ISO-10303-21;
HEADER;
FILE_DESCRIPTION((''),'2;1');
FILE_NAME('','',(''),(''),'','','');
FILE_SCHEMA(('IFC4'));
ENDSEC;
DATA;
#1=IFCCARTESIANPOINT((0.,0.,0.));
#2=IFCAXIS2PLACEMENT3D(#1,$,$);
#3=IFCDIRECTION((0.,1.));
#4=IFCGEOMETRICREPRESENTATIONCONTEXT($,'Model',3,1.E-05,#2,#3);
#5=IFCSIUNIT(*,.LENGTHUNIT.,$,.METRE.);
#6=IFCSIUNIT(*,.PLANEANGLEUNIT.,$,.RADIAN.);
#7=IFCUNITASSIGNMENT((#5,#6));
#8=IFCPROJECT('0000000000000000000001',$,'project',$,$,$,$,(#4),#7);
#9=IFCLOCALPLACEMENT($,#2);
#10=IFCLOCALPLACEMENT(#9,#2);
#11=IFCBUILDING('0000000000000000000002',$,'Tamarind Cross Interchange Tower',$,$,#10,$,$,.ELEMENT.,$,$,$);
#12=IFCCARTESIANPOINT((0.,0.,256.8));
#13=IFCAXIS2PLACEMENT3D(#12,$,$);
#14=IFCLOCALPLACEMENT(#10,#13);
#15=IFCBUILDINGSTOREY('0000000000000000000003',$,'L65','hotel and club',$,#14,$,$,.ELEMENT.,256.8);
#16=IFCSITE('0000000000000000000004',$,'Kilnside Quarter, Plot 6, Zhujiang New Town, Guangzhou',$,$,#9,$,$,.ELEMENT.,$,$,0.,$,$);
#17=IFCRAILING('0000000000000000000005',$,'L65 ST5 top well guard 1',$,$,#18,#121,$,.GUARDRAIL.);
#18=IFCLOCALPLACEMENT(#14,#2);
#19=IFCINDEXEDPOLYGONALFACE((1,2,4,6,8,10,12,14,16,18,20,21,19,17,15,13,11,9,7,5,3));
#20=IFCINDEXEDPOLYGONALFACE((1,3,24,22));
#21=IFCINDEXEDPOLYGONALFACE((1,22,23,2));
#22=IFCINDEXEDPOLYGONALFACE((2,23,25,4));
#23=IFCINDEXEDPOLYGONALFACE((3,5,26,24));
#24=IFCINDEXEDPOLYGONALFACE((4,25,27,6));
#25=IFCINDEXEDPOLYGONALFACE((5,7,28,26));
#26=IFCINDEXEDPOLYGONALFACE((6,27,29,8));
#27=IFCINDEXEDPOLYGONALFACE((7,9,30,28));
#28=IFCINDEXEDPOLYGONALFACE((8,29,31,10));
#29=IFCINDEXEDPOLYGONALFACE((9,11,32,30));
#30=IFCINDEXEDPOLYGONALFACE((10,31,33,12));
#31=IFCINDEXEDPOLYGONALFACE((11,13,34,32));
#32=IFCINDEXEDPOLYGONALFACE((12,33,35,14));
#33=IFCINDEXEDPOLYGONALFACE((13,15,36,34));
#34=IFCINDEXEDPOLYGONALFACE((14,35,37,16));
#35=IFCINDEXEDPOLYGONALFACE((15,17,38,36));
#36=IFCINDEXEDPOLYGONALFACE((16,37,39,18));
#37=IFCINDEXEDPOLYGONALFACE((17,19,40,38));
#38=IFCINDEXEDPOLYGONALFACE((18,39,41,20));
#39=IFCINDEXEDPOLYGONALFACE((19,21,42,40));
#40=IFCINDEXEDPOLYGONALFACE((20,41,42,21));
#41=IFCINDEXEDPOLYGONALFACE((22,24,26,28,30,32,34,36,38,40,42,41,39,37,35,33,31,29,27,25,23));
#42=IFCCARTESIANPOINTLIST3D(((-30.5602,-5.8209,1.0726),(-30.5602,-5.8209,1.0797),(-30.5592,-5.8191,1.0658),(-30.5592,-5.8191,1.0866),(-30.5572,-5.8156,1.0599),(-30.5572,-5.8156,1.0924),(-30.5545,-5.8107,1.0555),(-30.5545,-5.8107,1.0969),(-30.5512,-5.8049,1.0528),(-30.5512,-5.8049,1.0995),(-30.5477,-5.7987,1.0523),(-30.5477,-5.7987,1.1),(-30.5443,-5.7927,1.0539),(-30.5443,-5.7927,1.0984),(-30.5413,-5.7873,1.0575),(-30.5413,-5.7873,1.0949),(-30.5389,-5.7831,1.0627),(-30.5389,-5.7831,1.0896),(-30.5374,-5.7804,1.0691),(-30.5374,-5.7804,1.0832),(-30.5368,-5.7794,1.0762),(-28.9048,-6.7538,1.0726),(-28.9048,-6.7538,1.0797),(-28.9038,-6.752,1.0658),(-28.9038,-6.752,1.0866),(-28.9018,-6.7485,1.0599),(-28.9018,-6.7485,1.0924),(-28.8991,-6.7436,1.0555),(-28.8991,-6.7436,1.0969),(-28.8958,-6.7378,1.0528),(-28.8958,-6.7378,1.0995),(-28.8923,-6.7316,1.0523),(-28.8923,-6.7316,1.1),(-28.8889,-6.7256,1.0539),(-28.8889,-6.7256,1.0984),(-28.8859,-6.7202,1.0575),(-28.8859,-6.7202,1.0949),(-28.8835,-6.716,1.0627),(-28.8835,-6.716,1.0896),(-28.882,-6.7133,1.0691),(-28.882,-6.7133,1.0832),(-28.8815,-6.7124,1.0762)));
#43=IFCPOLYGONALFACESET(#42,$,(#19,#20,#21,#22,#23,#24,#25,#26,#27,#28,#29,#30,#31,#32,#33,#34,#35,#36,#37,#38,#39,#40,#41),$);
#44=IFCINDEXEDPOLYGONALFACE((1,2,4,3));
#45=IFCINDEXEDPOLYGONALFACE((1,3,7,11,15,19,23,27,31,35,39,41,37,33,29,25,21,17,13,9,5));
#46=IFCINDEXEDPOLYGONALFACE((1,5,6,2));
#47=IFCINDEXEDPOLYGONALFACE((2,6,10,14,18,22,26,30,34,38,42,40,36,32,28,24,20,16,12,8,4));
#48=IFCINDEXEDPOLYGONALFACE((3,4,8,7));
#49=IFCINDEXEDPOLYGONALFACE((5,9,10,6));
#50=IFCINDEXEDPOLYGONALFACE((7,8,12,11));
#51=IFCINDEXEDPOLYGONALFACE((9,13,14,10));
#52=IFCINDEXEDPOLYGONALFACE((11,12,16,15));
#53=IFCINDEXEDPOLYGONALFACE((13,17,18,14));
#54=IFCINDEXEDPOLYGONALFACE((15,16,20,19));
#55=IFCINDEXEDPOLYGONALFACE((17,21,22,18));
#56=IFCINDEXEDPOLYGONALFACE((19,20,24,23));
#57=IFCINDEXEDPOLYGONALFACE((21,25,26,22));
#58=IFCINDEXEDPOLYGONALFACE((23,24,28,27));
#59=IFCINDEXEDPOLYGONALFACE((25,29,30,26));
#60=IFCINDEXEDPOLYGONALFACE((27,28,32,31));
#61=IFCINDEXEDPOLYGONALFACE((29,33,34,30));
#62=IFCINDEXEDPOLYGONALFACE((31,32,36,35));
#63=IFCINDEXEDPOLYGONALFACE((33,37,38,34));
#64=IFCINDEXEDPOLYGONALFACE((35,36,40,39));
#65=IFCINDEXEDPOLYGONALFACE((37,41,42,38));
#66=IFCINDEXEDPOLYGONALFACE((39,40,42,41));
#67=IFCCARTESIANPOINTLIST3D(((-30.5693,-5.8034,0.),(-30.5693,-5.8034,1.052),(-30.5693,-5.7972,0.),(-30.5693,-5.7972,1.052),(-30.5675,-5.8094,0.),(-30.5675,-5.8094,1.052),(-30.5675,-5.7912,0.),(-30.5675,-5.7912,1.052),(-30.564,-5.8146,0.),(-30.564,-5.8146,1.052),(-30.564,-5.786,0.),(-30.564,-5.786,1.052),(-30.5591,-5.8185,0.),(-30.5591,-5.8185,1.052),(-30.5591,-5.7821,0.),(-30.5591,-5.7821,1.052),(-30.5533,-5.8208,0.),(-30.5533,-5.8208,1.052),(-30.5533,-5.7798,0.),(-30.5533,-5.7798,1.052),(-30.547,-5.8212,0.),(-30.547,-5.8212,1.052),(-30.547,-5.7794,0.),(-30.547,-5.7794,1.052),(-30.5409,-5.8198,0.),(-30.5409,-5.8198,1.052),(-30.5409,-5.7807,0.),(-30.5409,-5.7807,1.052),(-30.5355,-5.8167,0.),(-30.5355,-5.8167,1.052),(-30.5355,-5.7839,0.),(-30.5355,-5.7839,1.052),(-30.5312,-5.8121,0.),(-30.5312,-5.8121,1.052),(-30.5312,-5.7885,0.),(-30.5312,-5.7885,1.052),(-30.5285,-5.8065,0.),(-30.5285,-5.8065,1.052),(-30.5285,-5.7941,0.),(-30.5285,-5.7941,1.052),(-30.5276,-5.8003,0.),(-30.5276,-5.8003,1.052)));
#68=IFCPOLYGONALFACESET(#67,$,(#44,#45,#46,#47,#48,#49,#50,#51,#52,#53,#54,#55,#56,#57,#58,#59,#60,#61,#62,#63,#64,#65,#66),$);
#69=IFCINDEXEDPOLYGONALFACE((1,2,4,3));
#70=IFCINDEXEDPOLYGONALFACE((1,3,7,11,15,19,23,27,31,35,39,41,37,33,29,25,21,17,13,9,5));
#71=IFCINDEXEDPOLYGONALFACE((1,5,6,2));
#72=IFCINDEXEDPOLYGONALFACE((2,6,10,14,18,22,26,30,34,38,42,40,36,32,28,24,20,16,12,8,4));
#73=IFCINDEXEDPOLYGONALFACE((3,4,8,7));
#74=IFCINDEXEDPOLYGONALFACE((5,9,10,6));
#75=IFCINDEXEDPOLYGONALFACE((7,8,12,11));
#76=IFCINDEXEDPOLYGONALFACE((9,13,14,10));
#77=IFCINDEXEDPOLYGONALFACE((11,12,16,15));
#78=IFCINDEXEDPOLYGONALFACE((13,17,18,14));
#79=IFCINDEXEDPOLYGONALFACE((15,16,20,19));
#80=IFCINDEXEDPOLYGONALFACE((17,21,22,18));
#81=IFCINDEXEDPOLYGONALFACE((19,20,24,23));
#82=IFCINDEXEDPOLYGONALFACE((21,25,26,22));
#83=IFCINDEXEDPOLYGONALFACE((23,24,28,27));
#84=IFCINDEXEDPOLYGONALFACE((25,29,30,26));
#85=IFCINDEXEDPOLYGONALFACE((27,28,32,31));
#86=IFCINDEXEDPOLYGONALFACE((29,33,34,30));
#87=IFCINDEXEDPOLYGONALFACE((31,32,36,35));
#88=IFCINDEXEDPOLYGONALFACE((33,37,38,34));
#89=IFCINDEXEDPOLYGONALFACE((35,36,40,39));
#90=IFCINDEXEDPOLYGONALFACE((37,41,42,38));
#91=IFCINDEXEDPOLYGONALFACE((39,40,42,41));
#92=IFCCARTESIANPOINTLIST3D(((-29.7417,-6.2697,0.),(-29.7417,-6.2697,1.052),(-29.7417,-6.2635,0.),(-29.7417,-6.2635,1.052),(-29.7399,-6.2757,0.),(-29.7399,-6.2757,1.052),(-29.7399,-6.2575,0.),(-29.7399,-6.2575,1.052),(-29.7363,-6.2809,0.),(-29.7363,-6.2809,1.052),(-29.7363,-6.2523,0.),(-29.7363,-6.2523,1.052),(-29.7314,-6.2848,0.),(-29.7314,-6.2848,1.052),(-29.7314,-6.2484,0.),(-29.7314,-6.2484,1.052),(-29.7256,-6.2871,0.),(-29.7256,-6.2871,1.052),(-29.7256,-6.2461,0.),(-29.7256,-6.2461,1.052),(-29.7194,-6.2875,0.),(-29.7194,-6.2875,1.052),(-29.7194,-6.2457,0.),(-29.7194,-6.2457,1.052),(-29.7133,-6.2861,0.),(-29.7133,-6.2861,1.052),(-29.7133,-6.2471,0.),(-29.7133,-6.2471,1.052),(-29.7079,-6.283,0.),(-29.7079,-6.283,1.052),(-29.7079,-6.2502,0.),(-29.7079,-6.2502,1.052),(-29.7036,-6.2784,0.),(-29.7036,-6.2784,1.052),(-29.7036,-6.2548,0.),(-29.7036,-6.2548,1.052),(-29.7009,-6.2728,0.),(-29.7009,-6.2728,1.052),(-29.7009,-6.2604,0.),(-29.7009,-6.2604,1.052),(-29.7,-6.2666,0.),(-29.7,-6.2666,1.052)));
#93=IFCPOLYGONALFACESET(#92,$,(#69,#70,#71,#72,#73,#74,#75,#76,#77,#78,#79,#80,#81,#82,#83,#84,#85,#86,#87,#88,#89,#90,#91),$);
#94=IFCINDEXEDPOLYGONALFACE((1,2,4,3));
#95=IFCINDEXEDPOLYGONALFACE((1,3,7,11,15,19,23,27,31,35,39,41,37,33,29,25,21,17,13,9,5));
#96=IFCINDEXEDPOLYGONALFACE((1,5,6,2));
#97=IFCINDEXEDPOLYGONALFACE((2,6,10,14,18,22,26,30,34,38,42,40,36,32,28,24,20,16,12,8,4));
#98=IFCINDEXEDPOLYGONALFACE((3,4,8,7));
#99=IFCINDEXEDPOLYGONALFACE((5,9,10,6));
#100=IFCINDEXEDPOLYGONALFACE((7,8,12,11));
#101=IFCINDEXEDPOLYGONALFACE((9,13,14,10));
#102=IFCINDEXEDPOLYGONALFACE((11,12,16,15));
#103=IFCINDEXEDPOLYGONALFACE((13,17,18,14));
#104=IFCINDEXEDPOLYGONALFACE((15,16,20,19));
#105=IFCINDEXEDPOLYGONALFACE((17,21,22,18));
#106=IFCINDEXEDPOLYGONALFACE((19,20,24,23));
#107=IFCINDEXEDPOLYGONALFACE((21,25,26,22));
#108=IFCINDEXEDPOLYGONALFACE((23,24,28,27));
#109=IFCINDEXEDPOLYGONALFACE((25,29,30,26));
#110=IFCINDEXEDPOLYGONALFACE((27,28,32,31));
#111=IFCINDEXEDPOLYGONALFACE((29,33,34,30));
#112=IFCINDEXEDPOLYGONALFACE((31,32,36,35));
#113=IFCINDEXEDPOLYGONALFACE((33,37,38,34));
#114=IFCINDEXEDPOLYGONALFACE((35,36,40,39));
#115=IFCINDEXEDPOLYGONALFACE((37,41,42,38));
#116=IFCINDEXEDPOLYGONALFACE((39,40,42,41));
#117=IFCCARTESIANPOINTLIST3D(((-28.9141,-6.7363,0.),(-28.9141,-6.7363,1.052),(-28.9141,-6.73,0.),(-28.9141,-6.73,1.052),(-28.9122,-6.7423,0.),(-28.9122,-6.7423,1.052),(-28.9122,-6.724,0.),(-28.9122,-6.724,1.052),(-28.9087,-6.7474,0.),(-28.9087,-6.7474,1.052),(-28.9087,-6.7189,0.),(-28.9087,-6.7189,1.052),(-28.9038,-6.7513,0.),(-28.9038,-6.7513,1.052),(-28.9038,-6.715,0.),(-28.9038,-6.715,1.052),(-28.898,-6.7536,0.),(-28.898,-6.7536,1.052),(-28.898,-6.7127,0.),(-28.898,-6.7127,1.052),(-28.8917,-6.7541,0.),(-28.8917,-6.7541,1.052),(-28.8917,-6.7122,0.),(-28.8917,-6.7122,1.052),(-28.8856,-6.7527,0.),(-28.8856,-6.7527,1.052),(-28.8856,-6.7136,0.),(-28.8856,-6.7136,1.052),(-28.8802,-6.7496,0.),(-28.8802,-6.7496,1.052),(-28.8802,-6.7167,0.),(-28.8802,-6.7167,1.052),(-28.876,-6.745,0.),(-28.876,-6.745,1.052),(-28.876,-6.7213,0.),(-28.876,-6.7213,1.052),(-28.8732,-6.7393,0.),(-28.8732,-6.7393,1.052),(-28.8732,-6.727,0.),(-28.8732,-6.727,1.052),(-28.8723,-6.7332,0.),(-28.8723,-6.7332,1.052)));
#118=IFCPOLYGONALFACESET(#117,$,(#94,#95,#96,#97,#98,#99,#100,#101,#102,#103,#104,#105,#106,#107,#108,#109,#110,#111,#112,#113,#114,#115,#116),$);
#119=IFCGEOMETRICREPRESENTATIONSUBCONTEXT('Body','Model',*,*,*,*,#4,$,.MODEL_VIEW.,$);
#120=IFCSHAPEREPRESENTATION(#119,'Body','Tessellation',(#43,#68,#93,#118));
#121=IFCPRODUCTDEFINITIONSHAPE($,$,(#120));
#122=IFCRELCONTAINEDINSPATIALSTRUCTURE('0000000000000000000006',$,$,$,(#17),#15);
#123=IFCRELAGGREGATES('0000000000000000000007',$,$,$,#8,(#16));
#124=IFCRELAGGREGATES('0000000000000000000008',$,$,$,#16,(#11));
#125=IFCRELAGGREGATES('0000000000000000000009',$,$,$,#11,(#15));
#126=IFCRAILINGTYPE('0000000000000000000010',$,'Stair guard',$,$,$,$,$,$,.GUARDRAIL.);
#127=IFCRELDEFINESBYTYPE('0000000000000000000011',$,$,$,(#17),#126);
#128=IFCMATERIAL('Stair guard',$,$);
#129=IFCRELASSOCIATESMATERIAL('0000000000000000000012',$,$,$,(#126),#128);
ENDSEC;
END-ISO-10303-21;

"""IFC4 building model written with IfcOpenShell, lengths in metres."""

from ifc_helpers import new_model, si_unit, direction, frame, origin, origin_2d, place, context, subcontext, project, spatial, circle, extrude, material, type_object, element, save


model = new_model("IFC4")

# Units and contexts
model_context = context("Model", 3, precision=1e-05, world=origin(), true_north=direction((0.0, 1.0)))
body_context = subcontext(model_context, "Body", "Model", "MODEL_VIEW")
ifc_project = project(units=[si_unit("LENGTHUNIT", "METRE"), si_unit("PLANEANGLEUNIT", "RADIAN")], contexts=[model_context])

# Site, building, storey
site_placement = place(None, origin())
site = spatial("IfcSite", under=ifc_project, at=site_placement, Name="Kilnside Quarter, Plot 6, Zhujiang New Town, Guangzhou", CompositionType="ELEMENT", RefElevation=0.0)
building_placement = place(site_placement, origin())
building = spatial("IfcBuilding", under=site, at=building_placement, Name="Tamarind Cross Interchange Tower", CompositionType="ELEMENT")
storey_placement = place(building_placement, frame((0.0, 0.0, 256.8)))
storey = spatial("IfcBuildingStorey", under=building, at=storey_placement, Name="L65", Description="hotel and club", CompositionType="ELEMENT", Elevation=256.8)

# Railing
ifc_material_1 = material(Name="Stair guard")
railing_type = type_object("IfcRailingType", Name="Stair guard", PredefinedType="GUARDRAIL", material=ifc_material_1)
railing_placement = place(storey_placement, frame((-30.5486, -5.8003, 0.0)))
element("IfcRailing", 1, at=railing_placement, inside=storey, type_object=railing_type, Name="L65 ST5 top well guard 1", PredefinedType="GUARDRAIL", context=body_context, shape_type="SweptSolid", body=[
    extrude(circle(Radius=0.0239, at=origin_2d()), frame((0.0, 0.0, 1.0762), z_axis=(0.871177, -0.490969, 0.0), x_axis=(0.490969, 0.871177, 0.0)), (0.0, 0.0, 1.0), 1.9001),
    extrude(circle(Radius=0.021, at=origin_2d()), origin(), (0.0, 0.0, 1.0), 1.052),
    extrude(circle(Radius=0.021, at=origin_2d()), frame((0.8276, -0.4663, 0.0)), (0.0, 0.0, 1.0), 1.052),
    extrude(circle(Radius=0.021, at=origin_2d()), frame((1.6553, -0.9329, 0.0)), (0.0, 0.0, 1.0), 1.052),
])

save(model, "model.ifc")
